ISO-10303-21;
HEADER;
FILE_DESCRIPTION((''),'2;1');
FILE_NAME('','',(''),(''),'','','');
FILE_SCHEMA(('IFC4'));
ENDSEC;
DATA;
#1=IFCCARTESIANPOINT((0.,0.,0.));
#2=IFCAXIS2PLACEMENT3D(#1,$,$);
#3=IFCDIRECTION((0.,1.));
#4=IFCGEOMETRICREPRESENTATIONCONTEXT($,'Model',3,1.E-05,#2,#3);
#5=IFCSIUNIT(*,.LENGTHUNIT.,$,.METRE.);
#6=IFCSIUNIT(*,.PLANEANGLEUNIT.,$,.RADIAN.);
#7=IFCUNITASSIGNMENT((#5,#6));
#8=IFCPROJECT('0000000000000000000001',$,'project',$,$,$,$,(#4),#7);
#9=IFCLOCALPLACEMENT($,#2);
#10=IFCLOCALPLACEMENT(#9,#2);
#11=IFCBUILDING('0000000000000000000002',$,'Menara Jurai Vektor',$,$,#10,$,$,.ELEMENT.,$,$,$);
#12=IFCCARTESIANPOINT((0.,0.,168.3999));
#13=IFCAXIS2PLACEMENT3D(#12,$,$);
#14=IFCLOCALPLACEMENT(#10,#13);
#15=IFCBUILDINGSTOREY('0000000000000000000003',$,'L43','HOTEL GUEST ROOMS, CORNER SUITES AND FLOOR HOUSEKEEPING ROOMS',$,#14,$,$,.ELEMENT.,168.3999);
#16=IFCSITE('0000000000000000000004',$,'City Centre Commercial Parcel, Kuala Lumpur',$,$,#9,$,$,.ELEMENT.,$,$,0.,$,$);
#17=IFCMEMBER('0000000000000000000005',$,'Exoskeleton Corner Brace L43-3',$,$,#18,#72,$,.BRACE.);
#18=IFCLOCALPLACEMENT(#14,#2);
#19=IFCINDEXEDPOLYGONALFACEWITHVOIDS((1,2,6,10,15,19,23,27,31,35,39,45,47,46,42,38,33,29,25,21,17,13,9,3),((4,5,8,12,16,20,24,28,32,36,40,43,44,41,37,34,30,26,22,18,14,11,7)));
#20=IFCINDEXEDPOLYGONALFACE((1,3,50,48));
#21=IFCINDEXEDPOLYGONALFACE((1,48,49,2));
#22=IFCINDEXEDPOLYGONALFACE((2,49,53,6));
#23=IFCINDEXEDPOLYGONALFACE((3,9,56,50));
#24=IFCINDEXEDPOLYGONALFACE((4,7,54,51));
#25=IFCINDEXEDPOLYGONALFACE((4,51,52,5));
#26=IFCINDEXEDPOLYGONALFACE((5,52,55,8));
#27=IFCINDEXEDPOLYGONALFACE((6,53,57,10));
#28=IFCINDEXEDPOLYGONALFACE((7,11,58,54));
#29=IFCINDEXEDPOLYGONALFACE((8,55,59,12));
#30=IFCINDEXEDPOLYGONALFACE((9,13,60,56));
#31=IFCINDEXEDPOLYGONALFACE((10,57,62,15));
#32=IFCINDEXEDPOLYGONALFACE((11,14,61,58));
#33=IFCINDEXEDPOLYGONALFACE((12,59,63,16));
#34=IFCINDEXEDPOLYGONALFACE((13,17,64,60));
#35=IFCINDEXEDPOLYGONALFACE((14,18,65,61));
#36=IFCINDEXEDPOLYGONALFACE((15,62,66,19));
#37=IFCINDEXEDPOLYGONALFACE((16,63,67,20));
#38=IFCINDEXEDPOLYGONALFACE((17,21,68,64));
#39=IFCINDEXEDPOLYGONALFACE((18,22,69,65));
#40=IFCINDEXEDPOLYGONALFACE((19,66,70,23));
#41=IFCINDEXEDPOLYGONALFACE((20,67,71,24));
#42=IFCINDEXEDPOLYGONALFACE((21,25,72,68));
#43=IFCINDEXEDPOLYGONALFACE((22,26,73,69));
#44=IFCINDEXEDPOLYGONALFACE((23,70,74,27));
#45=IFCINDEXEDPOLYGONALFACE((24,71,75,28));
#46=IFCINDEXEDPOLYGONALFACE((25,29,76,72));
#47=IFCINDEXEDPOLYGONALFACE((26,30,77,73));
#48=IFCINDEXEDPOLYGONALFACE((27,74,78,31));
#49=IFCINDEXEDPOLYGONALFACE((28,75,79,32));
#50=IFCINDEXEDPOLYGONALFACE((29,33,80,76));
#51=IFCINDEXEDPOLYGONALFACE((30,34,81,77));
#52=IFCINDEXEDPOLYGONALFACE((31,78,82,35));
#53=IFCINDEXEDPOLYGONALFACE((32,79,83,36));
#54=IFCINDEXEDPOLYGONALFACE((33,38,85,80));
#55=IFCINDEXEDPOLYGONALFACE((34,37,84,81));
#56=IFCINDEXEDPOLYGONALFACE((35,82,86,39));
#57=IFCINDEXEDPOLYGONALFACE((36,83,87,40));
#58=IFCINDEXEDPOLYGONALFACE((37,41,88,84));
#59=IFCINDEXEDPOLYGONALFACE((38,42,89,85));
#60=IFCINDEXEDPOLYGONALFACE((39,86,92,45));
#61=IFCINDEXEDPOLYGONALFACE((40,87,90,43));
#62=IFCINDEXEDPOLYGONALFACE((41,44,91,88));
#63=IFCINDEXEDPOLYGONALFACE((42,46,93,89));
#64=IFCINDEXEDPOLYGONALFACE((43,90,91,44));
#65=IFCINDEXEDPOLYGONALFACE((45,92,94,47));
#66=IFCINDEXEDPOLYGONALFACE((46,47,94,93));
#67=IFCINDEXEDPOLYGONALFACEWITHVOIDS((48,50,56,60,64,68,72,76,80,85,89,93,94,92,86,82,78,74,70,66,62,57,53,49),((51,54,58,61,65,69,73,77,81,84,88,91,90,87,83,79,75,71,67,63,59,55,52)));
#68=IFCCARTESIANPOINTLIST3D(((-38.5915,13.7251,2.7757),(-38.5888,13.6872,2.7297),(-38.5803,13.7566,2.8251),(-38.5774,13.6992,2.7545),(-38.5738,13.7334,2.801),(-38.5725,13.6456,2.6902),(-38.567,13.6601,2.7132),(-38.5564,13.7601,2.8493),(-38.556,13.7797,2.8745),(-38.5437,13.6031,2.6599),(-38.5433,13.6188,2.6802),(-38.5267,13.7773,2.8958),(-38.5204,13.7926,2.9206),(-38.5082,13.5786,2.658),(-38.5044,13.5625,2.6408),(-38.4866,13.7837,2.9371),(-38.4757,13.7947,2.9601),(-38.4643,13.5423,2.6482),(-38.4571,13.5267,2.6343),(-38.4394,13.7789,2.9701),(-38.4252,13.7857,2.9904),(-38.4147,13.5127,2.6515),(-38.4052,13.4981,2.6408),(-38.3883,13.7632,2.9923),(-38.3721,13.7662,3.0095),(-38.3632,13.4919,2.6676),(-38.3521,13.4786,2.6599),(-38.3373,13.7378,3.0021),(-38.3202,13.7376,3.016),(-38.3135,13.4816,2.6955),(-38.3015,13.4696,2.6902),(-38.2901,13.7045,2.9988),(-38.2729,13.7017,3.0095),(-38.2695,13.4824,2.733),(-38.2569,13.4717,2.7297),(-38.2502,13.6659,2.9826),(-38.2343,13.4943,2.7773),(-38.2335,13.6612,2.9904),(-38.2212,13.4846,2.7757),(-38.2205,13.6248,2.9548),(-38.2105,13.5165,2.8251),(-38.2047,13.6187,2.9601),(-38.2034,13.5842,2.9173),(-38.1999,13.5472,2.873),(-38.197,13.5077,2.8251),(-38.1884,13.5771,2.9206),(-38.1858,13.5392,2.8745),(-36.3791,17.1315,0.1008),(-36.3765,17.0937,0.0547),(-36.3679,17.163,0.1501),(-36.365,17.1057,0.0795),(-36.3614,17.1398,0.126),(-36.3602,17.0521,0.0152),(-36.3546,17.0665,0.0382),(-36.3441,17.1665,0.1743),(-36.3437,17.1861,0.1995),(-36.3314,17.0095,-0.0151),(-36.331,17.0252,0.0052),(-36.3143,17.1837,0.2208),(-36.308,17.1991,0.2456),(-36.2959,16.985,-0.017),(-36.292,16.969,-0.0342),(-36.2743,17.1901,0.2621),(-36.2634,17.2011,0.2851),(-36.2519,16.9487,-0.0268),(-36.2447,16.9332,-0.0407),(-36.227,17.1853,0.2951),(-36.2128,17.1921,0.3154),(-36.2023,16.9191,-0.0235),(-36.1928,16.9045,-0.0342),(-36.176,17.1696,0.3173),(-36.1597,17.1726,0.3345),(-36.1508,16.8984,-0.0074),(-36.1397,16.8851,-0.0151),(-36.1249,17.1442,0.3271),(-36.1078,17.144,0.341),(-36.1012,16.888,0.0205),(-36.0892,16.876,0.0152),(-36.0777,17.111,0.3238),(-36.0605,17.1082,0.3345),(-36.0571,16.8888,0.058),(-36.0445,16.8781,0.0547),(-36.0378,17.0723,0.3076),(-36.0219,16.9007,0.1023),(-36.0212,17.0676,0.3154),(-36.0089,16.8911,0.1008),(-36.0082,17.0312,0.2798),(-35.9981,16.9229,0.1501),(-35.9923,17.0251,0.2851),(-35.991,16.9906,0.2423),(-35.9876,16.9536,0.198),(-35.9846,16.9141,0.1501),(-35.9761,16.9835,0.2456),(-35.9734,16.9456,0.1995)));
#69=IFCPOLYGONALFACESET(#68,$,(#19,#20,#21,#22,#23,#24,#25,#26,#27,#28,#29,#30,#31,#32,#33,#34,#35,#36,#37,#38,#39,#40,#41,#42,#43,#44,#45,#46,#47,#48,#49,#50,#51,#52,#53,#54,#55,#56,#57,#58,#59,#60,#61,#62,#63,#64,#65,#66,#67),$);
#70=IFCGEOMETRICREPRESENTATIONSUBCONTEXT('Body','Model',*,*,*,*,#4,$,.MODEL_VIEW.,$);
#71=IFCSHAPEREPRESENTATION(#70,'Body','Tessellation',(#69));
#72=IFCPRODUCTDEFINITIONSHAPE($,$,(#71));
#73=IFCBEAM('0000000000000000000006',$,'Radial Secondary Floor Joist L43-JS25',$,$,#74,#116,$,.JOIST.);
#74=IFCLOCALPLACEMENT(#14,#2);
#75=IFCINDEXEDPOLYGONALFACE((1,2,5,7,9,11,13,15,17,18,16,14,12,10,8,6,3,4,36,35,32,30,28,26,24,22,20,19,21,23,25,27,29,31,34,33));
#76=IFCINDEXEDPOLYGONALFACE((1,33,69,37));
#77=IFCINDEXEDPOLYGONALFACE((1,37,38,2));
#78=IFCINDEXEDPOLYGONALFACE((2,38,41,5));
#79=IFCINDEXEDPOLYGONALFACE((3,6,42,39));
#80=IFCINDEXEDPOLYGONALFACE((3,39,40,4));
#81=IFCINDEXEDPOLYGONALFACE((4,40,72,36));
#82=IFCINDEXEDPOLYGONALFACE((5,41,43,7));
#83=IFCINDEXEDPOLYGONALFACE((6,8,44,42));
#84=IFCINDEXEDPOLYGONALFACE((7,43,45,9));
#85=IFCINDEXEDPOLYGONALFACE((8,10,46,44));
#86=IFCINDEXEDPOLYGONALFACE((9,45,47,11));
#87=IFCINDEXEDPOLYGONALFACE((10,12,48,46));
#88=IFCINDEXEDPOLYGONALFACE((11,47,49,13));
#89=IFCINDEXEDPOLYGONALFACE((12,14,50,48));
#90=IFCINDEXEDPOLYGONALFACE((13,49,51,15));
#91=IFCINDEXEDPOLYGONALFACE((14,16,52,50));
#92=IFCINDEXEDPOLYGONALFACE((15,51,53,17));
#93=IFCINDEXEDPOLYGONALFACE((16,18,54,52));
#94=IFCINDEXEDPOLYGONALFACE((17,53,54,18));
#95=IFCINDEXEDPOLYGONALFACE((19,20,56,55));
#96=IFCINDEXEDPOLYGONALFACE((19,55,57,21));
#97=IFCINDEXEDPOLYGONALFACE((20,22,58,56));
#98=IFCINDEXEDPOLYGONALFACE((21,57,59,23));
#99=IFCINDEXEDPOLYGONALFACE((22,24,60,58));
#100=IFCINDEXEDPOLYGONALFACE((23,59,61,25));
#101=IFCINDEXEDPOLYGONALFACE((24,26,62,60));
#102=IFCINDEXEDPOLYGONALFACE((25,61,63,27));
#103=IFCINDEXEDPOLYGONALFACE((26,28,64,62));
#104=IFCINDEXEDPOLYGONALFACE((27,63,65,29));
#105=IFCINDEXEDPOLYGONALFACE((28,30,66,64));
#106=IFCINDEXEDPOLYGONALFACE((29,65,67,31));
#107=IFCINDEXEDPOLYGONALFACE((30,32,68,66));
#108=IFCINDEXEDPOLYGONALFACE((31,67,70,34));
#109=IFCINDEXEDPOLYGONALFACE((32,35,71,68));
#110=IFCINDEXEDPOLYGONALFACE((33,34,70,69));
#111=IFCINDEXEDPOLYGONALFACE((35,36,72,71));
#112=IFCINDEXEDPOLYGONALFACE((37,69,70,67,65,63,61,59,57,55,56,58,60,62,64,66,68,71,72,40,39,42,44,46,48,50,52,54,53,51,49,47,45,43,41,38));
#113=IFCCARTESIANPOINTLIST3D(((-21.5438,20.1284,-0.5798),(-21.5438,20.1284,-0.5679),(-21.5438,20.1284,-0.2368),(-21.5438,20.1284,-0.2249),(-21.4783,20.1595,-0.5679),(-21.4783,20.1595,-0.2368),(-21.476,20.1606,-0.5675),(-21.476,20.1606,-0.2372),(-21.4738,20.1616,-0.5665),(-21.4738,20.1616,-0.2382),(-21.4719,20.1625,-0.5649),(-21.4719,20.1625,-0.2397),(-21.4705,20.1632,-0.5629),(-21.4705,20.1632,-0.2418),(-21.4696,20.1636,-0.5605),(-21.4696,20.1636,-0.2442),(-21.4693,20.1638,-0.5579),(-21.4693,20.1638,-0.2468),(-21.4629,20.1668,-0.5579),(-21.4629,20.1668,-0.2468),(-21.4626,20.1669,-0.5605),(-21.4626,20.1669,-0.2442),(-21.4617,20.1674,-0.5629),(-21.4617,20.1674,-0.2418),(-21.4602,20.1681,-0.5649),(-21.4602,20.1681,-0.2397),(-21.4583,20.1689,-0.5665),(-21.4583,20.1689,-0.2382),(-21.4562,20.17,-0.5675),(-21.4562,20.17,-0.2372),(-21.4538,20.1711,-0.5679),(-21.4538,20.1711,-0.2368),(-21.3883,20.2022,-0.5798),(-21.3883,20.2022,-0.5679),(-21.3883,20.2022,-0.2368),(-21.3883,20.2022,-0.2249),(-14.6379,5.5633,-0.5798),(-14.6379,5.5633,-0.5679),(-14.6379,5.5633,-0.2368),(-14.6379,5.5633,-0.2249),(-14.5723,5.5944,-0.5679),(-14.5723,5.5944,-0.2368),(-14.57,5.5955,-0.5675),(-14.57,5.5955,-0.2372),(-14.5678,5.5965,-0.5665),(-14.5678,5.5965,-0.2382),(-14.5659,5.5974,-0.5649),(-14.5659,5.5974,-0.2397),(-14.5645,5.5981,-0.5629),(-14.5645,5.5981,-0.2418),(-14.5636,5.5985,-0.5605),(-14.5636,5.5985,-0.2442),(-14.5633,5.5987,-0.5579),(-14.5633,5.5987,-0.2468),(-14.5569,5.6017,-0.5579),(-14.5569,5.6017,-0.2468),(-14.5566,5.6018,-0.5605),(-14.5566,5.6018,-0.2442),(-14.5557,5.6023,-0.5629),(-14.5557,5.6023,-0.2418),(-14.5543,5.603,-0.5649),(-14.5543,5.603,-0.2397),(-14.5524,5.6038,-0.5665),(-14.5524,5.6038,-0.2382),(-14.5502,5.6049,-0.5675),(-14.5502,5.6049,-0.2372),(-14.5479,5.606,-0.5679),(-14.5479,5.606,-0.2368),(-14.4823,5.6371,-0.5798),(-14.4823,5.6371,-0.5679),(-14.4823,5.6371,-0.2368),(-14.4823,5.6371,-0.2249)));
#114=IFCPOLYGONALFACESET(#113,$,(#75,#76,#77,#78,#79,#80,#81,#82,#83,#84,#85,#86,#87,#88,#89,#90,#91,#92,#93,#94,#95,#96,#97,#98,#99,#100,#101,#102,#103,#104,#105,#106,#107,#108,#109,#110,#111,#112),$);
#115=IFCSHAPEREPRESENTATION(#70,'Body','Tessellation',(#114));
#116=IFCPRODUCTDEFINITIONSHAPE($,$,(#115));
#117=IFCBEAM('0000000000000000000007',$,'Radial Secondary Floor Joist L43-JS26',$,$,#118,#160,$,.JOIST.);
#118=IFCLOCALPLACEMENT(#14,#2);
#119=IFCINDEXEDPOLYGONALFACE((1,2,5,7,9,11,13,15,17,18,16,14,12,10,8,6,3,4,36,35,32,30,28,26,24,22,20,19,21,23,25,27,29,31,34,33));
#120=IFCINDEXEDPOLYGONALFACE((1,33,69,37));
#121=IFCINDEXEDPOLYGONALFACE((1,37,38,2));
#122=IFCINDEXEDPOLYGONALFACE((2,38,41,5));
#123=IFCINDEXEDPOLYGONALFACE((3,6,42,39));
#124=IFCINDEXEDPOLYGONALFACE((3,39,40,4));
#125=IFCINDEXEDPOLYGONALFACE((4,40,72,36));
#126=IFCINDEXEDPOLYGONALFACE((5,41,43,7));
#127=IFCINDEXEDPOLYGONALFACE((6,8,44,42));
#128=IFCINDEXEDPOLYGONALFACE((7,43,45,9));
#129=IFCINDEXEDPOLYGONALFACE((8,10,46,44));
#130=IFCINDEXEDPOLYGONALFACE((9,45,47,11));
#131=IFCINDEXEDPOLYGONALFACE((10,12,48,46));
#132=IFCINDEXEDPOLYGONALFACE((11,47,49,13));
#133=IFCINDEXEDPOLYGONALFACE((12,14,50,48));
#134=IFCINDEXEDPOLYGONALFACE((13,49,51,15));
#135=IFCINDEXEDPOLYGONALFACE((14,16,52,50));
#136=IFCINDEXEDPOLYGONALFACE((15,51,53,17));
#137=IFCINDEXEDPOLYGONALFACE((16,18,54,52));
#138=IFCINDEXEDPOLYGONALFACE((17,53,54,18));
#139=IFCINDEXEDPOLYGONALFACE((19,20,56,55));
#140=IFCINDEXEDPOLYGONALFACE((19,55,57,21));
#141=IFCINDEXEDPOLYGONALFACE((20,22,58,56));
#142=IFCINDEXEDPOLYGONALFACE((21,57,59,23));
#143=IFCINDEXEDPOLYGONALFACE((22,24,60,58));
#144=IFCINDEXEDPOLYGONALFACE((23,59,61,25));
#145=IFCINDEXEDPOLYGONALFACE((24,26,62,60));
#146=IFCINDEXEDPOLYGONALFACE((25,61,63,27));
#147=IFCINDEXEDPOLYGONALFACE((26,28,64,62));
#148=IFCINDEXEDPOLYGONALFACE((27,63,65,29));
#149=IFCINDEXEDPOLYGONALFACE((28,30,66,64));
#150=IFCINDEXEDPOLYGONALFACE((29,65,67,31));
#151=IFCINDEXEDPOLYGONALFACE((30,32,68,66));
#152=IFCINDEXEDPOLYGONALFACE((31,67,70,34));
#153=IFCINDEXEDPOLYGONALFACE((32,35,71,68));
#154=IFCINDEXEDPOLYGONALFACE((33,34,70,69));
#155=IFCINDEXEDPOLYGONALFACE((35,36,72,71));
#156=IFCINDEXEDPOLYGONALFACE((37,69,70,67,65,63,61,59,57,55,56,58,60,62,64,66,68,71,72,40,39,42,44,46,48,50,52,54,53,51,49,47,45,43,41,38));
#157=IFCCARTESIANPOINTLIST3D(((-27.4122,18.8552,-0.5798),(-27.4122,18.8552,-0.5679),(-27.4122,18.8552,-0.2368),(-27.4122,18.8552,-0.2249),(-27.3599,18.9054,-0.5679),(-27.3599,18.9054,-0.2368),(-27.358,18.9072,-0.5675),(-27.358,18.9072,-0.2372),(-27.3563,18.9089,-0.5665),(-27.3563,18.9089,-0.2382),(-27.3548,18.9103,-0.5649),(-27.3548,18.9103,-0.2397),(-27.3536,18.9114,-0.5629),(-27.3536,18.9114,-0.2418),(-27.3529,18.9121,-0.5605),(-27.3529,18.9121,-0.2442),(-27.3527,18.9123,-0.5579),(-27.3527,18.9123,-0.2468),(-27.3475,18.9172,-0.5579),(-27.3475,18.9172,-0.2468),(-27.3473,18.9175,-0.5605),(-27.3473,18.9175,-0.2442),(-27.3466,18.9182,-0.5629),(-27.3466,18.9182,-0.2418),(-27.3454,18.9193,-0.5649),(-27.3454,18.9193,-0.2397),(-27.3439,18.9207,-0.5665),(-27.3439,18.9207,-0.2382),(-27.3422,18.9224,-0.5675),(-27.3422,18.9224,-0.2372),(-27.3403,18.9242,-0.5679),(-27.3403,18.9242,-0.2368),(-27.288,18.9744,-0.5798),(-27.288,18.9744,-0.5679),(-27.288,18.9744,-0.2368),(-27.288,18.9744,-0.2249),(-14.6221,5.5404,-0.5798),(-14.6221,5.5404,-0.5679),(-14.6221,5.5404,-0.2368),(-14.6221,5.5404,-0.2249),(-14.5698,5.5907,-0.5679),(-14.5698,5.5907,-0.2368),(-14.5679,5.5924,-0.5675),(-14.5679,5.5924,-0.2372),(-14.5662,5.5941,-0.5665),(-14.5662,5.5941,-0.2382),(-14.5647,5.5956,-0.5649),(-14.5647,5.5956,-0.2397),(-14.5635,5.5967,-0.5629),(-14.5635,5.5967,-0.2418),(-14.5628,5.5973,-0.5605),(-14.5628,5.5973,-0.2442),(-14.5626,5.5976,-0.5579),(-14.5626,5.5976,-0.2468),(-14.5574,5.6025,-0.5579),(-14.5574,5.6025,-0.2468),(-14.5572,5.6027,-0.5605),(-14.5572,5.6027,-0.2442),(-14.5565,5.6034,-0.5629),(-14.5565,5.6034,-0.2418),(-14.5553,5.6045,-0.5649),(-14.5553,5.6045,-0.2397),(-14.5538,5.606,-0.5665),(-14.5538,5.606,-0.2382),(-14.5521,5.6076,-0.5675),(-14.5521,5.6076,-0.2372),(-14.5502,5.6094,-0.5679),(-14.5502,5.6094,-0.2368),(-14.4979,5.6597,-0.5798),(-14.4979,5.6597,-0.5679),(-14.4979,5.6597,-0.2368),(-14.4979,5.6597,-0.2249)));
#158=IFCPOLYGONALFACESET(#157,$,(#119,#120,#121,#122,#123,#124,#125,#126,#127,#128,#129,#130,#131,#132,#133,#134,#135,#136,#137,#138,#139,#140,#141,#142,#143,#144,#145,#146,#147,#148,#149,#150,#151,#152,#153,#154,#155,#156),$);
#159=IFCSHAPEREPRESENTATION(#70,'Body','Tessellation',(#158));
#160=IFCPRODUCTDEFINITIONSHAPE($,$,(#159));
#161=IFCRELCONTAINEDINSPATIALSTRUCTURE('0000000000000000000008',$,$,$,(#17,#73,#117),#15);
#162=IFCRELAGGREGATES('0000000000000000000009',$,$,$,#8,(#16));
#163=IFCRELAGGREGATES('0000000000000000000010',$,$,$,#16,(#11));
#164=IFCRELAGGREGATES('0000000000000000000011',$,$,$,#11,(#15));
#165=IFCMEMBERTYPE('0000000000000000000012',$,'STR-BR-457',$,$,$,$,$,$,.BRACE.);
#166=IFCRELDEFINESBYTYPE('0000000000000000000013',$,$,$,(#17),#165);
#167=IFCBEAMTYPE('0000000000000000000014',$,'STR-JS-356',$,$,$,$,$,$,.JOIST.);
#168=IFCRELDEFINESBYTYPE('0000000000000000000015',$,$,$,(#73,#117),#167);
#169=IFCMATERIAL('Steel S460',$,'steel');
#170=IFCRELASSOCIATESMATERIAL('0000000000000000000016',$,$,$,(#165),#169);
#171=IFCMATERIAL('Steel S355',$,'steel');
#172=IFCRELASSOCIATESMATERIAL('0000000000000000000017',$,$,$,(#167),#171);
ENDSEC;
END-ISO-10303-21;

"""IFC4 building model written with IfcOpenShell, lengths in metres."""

from ifc_helpers import new_model, si_unit, direction, frame, origin, origin_2d, place, context, subcontext, project, spatial, hollow_circle, i_section, extrude, material, material_profile, profile_set, type_object, element, save


model = new_model("IFC4")

# Units and contexts
model_context = context("Model", 3, precision=1e-05, world=origin(), true_north=direction((0.0, 1.0)))
body_context = subcontext(model_context, "Body", "Model", "MODEL_VIEW")
ifc_project = project(units=[si_unit("LENGTHUNIT", "METRE"), si_unit("PLANEANGLEUNIT", "RADIAN")], contexts=[model_context])

# Site, building, storey
site_placement = place(None, origin())
site = spatial("IfcSite", under=ifc_project, at=site_placement, Name="City Centre Commercial Parcel, Kuala Lumpur", CompositionType="ELEMENT", RefElevation=0.0)
building_placement = place(site_placement, origin())
building = spatial("IfcBuilding", under=site, at=building_placement, Name="Menara Jurai Vektor", CompositionType="ELEMENT")
storey_placement = place(building_placement, frame((0.0, 0.0, 168.3999)))
storey = spatial("IfcBuildingStorey", under=building, at=storey_placement, Name="L43", Description="HOTEL GUEST ROOMS, CORNER SUITES AND FLOOR HOUSEKEEPING ROOMS", CompositionType="ELEMENT", Elevation=168.3999)

# Shared definitions
ifc_material_1 = material(Name="Steel S460", Category="steel")

# Shared definitions
ifc_material_2 = material(Name="Steel S355", Category="steel")

# Member
ifc_material_profile_1 = material_profile(ifc_material_1, hollow_circle(Radius=0.2285, WallThickness=0.0161, at=origin_2d()), Name="CHS 457x16")
ifc_profile_set_1 = profile_set([ifc_material_profile_1], Name="Steel S460")
member_type_1 = type_object("IfcMemberType", Name="STR-BR-457", PredefinedType="BRACE", material=ifc_profile_set_1)
member_1_placement = place(storey_placement, frame((-36.1763, 17.0386, 0.1501), z_axis=(-0.454888, -0.700403, 0.550012), x_axis=(0.838648, -0.544674, 0.0)))
element("IfcMember", 1, at=member_1_placement, inside=storey, type_object=member_type_1, Name="Exoskeleton Corner Brace L43-3", PredefinedType="BRACE", context=body_context, shape_type="SweptSolid", body=[
    extrude(hollow_circle(Radius=0.2285, WallThickness=0.0161, at=origin_2d()), origin(), (0.0, 0.0, 1.0), 4.8635),
])

# Beams
ifc_material_profile_2 = material_profile(ifc_material_2, i_section(OverallWidth=0.1721, OverallDepth=0.355, WebThickness=0.0071, FlangeThickness=0.012, FilletRadius=0.01, at=origin_2d()), Name="UKB 356x171x51")
ifc_profile_set_2 = profile_set([ifc_material_profile_2], Name="Steel S355")
beam_type_1 = type_object("IfcBeamType", Name="STR-JS-356", PredefinedType="JOIST", material=ifc_profile_set_2)
beam_1_placement = place(storey_placement, frame((-21.4661, 20.1653, -0.4023), z_axis=(0.428426, -0.903577, 0.0), x_axis=(0.903577, 0.428426, 0.0)))
element("IfcBeam", 2, at=beam_1_placement, inside=storey, type_object=beam_type_1, Name="Radial Secondary Floor Joist L43-JS25", PredefinedType="JOIST", context=body_context, shape_type="SweptSolid", body=[
    extrude(i_section(OverallWidth=0.1721, OverallDepth=0.355, WebThickness=0.0071, FlangeThickness=0.012, FilletRadius=0.01, at=origin_2d()), origin(), (0.0, 0.0, 1.0), 16.1194),
])
beam_2_placement = place(storey_placement, frame((-27.3501, 18.9148, -0.4023), z_axis=(0.692755, -0.721173, 0.0), x_axis=(0.721173, 0.692755, 0.0)))
element("IfcBeam", 3, at=beam_2_placement, inside=storey, type_object=beam_type_1, Name="Radial Secondary Floor Joist L43-JS26", PredefinedType="JOIST", context=body_context, shape_type="SweptSolid", body=[
    extrude(i_section(OverallWidth=0.1721, OverallDepth=0.355, WebThickness=0.0071, FlangeThickness=0.012, FilletRadius=0.01, at=origin_2d()), origin(), (0.0, 0.0, 1.0), 18.4626),
])

save(model, "model.ifc")
